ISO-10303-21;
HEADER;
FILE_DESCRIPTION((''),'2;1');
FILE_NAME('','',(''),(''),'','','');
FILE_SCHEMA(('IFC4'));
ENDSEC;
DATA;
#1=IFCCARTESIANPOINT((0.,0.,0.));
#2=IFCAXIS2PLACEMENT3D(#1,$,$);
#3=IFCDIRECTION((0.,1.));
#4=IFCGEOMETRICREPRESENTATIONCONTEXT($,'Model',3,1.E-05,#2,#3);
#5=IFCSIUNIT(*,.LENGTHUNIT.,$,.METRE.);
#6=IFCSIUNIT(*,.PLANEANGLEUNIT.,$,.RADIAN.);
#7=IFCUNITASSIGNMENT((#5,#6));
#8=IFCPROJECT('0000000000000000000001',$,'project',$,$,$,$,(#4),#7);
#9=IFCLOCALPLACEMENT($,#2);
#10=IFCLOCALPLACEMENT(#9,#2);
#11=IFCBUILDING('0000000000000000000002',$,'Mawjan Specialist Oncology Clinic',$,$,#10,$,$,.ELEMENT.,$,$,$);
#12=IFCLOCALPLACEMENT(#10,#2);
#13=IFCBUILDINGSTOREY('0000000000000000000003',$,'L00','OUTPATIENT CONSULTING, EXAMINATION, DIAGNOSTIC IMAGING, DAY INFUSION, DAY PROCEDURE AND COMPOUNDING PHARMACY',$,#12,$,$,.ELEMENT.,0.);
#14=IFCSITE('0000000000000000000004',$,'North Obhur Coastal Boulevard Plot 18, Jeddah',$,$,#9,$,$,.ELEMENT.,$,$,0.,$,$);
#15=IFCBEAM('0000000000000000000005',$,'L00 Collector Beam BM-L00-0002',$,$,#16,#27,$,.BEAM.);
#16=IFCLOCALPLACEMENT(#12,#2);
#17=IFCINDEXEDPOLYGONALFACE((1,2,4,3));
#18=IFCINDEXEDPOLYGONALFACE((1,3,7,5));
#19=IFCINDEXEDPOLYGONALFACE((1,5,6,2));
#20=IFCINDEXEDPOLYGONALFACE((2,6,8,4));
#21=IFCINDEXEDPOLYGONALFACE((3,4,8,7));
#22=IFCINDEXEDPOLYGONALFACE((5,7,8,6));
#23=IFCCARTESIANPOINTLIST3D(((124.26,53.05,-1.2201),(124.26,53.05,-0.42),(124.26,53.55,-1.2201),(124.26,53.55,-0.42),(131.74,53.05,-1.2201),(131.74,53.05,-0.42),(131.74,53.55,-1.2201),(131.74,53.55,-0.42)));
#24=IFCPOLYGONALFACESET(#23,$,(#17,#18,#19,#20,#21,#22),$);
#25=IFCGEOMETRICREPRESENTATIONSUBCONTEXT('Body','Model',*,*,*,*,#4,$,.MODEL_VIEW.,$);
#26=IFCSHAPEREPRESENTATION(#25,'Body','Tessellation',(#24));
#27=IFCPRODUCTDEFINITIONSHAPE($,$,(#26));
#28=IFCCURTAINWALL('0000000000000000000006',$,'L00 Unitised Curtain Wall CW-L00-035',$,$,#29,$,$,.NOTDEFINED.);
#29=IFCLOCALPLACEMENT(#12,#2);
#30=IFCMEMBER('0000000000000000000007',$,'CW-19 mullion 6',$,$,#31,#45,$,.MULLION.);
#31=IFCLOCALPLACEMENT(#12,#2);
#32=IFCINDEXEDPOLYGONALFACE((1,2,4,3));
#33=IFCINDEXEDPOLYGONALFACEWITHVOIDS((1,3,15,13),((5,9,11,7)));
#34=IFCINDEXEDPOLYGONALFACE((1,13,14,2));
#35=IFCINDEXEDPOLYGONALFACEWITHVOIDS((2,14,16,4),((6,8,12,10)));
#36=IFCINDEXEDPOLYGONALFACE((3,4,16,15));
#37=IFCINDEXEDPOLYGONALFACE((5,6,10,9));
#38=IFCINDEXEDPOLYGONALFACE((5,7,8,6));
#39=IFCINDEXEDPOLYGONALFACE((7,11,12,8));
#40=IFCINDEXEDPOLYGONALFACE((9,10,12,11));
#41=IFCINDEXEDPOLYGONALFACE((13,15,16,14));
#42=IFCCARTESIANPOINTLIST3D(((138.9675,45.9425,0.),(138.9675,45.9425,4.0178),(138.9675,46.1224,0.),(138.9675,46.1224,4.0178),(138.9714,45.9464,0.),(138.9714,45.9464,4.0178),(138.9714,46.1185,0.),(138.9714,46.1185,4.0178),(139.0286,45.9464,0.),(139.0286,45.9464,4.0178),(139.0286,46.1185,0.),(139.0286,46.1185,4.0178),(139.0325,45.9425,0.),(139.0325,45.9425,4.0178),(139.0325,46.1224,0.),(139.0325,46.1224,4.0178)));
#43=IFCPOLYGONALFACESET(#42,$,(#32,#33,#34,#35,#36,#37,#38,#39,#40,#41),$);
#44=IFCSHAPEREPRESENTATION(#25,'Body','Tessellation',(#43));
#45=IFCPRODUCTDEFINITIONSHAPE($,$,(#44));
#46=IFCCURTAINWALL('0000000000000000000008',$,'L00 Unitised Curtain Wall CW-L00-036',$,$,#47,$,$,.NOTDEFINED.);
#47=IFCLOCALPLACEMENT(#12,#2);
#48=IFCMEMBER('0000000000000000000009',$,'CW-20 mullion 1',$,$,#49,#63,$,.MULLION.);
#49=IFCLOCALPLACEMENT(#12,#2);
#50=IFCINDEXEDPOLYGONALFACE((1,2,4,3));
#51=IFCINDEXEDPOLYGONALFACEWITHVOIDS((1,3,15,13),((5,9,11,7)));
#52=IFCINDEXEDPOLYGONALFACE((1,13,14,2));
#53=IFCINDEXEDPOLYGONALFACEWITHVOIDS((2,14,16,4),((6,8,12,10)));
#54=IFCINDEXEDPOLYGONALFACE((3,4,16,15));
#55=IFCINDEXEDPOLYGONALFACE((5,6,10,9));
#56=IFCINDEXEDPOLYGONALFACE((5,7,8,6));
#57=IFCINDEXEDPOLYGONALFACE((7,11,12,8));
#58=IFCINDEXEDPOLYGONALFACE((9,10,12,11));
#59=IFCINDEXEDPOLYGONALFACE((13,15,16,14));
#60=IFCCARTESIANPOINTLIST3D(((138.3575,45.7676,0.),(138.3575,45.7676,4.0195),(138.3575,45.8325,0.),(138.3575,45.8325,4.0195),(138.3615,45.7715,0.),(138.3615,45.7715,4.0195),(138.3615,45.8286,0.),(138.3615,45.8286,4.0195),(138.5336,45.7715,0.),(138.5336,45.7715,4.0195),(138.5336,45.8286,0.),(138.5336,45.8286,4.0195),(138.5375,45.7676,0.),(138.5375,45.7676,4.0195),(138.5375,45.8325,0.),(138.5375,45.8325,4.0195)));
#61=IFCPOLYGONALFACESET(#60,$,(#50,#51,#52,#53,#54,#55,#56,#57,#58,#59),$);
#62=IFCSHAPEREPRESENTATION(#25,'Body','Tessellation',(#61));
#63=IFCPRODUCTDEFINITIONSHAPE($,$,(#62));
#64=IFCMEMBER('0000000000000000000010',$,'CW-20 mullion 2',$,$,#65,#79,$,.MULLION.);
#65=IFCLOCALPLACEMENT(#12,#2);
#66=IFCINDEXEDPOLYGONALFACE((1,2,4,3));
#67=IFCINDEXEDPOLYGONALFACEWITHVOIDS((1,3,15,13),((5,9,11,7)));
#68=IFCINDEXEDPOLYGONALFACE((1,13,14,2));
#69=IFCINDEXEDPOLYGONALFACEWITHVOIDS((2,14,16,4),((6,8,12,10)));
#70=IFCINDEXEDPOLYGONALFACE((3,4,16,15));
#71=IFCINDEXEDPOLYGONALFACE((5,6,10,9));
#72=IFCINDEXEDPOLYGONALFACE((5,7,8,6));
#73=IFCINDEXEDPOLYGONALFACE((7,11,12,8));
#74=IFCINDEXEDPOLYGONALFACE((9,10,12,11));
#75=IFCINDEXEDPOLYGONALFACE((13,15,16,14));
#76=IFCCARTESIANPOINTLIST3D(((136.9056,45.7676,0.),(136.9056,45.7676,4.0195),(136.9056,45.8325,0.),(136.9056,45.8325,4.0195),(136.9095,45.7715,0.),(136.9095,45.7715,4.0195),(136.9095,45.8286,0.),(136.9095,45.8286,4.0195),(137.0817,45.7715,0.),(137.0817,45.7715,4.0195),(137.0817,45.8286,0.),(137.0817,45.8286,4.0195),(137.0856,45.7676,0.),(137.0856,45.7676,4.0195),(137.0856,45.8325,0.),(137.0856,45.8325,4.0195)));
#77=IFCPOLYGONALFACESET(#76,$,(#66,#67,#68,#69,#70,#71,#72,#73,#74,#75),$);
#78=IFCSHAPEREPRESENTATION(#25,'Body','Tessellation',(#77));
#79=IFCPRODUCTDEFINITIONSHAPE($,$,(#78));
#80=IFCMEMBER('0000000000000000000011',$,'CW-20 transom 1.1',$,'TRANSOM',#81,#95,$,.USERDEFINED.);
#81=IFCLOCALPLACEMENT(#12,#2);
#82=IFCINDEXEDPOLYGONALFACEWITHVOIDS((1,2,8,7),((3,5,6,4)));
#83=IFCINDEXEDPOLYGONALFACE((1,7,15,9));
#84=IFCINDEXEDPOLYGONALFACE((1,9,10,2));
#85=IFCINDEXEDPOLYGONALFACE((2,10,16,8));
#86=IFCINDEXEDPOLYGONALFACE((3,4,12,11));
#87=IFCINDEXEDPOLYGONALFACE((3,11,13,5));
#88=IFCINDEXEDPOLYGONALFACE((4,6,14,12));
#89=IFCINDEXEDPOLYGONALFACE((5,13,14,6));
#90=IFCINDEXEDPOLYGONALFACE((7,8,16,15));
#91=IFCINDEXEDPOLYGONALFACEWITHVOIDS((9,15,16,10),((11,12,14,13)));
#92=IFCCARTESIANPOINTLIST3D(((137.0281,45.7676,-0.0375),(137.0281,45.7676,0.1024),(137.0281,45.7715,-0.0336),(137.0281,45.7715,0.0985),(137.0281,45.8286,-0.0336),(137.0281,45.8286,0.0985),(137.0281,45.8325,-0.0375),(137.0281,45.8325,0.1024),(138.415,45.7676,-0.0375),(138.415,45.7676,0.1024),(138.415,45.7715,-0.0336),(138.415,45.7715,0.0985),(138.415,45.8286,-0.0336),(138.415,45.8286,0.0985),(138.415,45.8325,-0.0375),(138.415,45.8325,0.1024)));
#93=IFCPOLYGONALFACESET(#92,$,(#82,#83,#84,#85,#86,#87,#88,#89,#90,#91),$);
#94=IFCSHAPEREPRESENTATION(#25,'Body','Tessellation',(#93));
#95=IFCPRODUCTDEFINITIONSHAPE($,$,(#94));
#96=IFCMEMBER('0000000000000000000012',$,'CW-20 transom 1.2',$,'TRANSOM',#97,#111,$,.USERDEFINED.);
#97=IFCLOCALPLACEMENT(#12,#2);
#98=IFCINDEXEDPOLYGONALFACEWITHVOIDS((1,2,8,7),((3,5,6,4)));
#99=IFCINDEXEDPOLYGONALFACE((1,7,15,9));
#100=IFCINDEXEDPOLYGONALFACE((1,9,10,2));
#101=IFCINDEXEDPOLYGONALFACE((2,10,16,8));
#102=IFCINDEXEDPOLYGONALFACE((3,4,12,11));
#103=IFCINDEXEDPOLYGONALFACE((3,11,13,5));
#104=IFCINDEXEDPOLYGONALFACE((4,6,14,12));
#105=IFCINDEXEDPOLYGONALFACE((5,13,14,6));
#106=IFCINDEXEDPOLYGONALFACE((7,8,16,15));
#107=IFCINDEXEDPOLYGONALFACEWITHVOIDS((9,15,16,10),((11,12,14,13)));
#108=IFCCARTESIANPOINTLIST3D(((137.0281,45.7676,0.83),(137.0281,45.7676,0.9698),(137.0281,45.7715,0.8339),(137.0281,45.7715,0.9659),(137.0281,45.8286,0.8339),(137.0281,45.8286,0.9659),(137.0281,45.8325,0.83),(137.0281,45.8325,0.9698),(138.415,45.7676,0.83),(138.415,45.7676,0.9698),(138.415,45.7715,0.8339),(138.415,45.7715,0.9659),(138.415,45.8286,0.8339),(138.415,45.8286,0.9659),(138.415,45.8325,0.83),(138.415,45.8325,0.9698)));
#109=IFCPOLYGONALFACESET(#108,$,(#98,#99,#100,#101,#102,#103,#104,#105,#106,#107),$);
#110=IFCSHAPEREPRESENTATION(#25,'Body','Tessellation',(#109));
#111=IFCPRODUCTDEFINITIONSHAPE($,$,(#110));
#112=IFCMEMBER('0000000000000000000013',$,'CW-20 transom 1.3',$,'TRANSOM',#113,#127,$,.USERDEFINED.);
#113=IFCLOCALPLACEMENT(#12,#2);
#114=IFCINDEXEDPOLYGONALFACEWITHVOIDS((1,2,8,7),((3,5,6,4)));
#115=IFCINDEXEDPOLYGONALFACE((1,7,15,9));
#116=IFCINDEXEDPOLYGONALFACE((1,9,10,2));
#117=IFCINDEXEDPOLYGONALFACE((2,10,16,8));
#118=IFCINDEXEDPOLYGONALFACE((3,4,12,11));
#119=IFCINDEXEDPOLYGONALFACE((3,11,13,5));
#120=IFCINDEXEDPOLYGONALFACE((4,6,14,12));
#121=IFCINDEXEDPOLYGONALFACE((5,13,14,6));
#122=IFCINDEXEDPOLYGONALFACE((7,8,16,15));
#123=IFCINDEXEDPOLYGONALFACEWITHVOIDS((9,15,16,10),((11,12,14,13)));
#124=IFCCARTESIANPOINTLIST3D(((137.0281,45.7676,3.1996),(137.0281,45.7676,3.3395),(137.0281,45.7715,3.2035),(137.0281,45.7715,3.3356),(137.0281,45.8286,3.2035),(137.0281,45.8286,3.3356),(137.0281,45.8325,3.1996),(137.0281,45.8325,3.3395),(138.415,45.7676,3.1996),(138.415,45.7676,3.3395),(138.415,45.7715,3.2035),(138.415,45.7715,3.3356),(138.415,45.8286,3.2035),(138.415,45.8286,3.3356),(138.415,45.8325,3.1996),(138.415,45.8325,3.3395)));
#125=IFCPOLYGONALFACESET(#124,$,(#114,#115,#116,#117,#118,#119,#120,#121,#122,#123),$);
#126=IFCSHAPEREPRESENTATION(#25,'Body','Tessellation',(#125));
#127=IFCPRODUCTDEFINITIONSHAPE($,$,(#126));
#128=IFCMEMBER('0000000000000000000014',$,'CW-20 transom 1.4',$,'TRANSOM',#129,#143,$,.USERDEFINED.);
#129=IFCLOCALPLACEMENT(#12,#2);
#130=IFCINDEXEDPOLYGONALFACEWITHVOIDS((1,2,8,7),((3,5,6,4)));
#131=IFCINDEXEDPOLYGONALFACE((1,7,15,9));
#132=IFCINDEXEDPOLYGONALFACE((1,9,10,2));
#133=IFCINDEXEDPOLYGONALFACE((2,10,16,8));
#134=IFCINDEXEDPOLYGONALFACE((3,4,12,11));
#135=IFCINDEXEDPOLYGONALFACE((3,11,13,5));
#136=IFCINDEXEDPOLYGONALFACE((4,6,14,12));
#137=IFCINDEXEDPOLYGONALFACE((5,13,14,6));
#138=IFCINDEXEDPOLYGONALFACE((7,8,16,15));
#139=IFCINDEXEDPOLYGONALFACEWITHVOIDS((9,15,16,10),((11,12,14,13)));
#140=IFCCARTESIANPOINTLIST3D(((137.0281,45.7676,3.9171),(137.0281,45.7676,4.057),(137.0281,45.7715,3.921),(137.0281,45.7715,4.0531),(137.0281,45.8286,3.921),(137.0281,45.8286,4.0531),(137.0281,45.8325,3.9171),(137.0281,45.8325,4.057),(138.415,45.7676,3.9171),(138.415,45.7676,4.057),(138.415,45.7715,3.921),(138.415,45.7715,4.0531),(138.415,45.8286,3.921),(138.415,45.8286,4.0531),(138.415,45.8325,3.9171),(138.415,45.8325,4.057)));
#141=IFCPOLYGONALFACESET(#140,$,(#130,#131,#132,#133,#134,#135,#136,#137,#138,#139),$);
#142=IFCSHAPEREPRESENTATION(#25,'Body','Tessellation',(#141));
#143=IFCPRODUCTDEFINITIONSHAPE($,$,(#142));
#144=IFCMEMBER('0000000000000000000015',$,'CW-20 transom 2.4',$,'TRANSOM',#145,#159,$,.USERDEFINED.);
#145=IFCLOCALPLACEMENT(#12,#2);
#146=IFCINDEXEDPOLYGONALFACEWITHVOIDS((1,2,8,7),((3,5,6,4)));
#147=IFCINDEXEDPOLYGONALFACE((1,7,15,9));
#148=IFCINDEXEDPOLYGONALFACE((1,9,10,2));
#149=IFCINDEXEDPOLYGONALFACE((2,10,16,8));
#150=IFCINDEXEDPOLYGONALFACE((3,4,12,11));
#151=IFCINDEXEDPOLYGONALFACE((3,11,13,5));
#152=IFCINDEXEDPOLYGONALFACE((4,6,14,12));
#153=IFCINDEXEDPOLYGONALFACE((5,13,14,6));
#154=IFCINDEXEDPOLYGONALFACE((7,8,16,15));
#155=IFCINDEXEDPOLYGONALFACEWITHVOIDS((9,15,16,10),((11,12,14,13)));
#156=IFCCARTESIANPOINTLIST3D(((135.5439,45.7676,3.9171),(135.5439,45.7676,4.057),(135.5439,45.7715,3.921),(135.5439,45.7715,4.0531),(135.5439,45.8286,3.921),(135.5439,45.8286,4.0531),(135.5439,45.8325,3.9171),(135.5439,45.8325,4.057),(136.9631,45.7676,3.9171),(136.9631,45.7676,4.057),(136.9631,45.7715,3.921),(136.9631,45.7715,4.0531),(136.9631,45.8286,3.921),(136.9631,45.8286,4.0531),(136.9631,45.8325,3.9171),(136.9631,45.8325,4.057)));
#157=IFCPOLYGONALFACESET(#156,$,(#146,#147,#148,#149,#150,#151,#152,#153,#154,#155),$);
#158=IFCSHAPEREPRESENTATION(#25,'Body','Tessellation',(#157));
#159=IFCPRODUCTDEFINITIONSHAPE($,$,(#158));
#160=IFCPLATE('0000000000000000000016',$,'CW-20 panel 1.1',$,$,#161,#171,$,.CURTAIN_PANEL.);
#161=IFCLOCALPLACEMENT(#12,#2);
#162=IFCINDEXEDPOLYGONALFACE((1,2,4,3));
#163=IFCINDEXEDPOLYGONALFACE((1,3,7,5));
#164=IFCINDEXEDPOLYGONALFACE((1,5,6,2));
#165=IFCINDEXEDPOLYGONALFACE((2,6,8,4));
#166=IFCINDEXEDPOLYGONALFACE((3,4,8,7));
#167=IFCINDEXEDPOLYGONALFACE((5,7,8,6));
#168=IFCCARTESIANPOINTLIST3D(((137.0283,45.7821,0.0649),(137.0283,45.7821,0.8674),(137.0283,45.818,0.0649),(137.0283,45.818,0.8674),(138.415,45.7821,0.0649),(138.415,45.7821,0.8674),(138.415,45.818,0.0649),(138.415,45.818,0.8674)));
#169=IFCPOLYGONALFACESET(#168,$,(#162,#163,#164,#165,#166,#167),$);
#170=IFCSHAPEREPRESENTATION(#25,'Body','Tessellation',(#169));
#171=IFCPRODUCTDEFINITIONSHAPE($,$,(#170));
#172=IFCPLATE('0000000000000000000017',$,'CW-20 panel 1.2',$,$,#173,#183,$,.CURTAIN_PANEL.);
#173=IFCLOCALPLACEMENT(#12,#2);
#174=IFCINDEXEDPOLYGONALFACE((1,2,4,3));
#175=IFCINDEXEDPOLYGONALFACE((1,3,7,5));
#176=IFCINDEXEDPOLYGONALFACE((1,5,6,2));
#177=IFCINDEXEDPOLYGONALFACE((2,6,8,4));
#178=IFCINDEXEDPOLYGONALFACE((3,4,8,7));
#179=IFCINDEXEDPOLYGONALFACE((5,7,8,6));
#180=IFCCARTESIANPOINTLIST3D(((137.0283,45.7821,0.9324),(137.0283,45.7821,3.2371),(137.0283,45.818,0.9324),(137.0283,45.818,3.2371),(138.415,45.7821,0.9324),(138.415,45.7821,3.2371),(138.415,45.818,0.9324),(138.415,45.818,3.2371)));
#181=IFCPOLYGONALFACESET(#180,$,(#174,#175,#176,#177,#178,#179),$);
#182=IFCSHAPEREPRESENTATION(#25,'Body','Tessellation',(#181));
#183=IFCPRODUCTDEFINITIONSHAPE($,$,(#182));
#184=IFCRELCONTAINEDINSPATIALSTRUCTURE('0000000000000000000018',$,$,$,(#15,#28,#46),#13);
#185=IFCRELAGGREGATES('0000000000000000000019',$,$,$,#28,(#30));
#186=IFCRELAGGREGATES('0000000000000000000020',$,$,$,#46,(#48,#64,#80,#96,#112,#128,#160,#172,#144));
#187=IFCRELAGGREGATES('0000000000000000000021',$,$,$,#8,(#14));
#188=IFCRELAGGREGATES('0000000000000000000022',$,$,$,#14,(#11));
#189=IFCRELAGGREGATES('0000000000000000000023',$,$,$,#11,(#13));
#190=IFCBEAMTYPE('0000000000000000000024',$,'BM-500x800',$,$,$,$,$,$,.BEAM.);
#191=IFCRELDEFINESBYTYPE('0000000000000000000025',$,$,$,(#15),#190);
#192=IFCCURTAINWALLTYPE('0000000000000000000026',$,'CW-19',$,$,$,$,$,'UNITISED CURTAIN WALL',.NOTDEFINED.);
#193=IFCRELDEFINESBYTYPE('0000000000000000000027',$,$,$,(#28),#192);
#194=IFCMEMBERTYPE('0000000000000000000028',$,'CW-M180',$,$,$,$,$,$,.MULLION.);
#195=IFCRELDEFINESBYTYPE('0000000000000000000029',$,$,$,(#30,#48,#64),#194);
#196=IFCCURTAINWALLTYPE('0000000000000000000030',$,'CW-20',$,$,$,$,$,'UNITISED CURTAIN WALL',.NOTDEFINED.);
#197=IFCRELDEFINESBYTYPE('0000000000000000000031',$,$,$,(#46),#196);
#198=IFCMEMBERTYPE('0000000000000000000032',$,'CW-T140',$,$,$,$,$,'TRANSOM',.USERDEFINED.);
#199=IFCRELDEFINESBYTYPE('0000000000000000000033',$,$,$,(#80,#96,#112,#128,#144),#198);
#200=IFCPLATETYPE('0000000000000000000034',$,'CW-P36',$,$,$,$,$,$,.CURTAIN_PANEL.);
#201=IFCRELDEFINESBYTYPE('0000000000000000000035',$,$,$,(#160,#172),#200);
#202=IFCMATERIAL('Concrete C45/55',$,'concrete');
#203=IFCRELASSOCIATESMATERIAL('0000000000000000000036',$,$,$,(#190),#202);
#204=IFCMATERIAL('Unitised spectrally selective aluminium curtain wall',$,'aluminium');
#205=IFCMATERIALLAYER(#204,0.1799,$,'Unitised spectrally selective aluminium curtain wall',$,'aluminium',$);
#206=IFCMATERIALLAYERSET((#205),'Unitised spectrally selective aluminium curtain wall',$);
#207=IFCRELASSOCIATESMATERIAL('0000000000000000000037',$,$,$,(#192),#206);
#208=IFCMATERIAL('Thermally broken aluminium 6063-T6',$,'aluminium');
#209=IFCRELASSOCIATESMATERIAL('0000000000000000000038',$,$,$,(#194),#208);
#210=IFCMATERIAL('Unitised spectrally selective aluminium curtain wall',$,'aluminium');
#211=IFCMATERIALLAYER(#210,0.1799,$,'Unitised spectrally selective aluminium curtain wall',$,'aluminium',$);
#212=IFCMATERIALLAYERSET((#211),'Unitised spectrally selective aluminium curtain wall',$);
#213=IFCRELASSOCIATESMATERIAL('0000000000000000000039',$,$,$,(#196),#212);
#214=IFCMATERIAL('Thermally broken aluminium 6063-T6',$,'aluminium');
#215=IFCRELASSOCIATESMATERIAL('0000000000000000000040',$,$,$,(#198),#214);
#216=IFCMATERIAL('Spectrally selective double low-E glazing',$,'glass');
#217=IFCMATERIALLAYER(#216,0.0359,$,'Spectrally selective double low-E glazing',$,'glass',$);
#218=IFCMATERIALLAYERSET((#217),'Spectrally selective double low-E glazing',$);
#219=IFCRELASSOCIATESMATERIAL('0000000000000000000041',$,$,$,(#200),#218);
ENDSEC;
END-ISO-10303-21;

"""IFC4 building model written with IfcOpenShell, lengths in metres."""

from ifc_helpers import new_model, si_unit, direction, frame, origin, origin_2d, place, context, subcontext, project, spatial, rectangle, hollow_rectangle, extrude, material, layer, layer_set, material_profile, profile_set, type_object, element, aggregate, save


model = new_model("IFC4")

# Units and contexts
model_context = context("Model", 3, precision=1e-05, world=origin(), true_north=direction((0.0, 1.0)))
body_context = subcontext(model_context, "Body", "Model", "MODEL_VIEW")
ifc_project = project(units=[si_unit("LENGTHUNIT", "METRE"), si_unit("PLANEANGLEUNIT", "RADIAN")], contexts=[model_context])

# Site, building, storey
site_placement = place(None, origin())
site = spatial("IfcSite", under=ifc_project, at=site_placement, Name="North Obhur Coastal Boulevard Plot 18, Jeddah", CompositionType="ELEMENT", RefElevation=0.0)
building_placement = place(site_placement, origin())
building = spatial("IfcBuilding", under=site, at=building_placement, Name="Mawjan Specialist Oncology Clinic", CompositionType="ELEMENT")
storey_placement = place(building_placement, origin())
storey = spatial("IfcBuildingStorey", under=building, at=storey_placement, Name="L00", Description="OUTPATIENT CONSULTING, EXAMINATION, DIAGNOSTIC IMAGING, DAY INFUSION, DAY PROCEDURE AND COMPOUNDING PHARMACY", CompositionType="ELEMENT", Elevation=0.0)

# Beam
ifc_material_1 = material(Name="Concrete C45/55", Category="concrete")
ifc_material_profile_1 = material_profile(ifc_material_1, rectangle(XDim=0.5, YDim=0.8, at=origin_2d()), Name="RC BM 500x800", Category="concrete")
ifc_profile_set_1 = profile_set([ifc_material_profile_1], Name="Concrete C45/55")
beam_type_1 = type_object("IfcBeamType", Name="BM-500x800", PredefinedType="BEAM", material=ifc_profile_set_1)
beam_1_placement = place(storey_placement, frame((124.26, 53.3, -0.8201), z_axis=(1.0, 0.0, 0.0), x_axis=(0.0, 1.0, 0.0)))
element("IfcBeam", 1, at=beam_1_placement, inside=storey, type_object=beam_type_1, Name="L00 Collector Beam BM-L00-0002", PredefinedType="BEAM", context=body_context, shape_type="SweptSolid", body=[
    extrude(rectangle(XDim=0.5, YDim=0.8, at=origin_2d()), origin(), (0.0, 0.0, 1.0), 7.48),
])

# Curtain wall, member
ifc_material_2 = material(Name="Unitised spectrally selective aluminium curtain wall", Category="aluminium")
ifc_layer_1 = layer(ifc_material_2, 0.1799, Name="Unitised spectrally selective aluminium curtain wall", Category="aluminium")
ifc_layer_set_1 = layer_set([ifc_layer_1], Name="Unitised spectrally selective aluminium curtain wall")
curtain_wall_type_1 = type_object("IfcCurtainWallType", Name="CW-19", ElementType="UNITISED CURTAIN WALL", PredefinedType="NOTDEFINED", material=ifc_layer_set_1)
curtain_wall_1_placement = place(storey_placement, origin())
curtain_wall_1 = element("IfcCurtainWall", 2, at=curtain_wall_1_placement, inside=storey, type_object=curtain_wall_type_1, Name="L00 Unitised Curtain Wall CW-L00-035", PredefinedType="NOTDEFINED")
ifc_material_3 = material(Name="Thermally broken aluminium 6063-T6", Category="aluminium")
ifc_material_profile_2 = material_profile(ifc_material_3, hollow_rectangle(XDim=0.0649, YDim=0.1799, WallThickness=0.0039, at=origin_2d()), Name="ALU MULLION 180x65x4", Category="aluminium")
ifc_profile_set_2 = profile_set([ifc_material_profile_2], Name="Thermally broken aluminium 6063-T6")
member_type_1 = type_object("IfcMemberType", Name="CW-M180", PredefinedType="MULLION", material=ifc_profile_set_2)
member_1_placement = place(storey_placement, frame((139.0, 46.0325, 0.0), z_axis=(0.0, 0.0, 1.0), x_axis=(1.0, 0.0, 0.0)))
member_1 = element("IfcMember", 3, at=member_1_placement, type_object=member_type_1, Name="CW-19 mullion 6", PredefinedType="MULLION", context=body_context, shape_type="SweptSolid", body=[
    extrude(hollow_rectangle(XDim=0.0649, YDim=0.1799, WallThickness=0.0039, at=origin_2d()), origin(), (0.0, 0.0, 1.0), 4.0178),
])
aggregate(curtain_wall_1, [member_1])

# Curtain wall, members, plates
ifc_material_4 = material(Name="Unitised spectrally selective aluminium curtain wall", Category="aluminium")
ifc_layer_2 = layer(ifc_material_4, 0.1799, Name="Unitised spectrally selective aluminium curtain wall", Category="aluminium")
ifc_layer_set_2 = layer_set([ifc_layer_2], Name="Unitised spectrally selective aluminium curtain wall")
curtain_wall_type_2 = type_object("IfcCurtainWallType", Name="CW-20", ElementType="UNITISED CURTAIN WALL", PredefinedType="NOTDEFINED", material=ifc_layer_set_2)
curtain_wall_2_placement = place(storey_placement, origin())
curtain_wall_2 = element("IfcCurtainWall", 4, at=curtain_wall_2_placement, inside=storey, type_object=curtain_wall_type_2, Name="L00 Unitised Curtain Wall CW-L00-036", PredefinedType="NOTDEFINED")
member_2_placement = place(storey_placement, frame((138.4475, 45.8, 0.0), z_axis=(0.0, 0.0, 1.0), x_axis=(0.0, -1.0, 0.0)))
member_2 = element("IfcMember", 5, at=member_2_placement, type_object=member_type_1, Name="CW-20 mullion 1", PredefinedType="MULLION", context=body_context, shape_type="SweptSolid", body=[
    extrude(hollow_rectangle(XDim=0.0649, YDim=0.1799, WallThickness=0.0039, at=origin_2d()), origin(), (0.0, 0.0, 1.0), 4.0195),
])
member_3_placement = place(storey_placement, frame((136.9956, 45.8, 0.0), z_axis=(0.0, 0.0, 1.0), x_axis=(0.0, -1.0, 0.0)))
member_3 = element("IfcMember", 6, at=member_3_placement, type_object=member_type_1, Name="CW-20 mullion 2", PredefinedType="MULLION", context=body_context, shape_type="SweptSolid", body=[
    extrude(hollow_rectangle(XDim=0.0649, YDim=0.1799, WallThickness=0.0039, at=origin_2d()), origin(), (0.0, 0.0, 1.0), 4.0195),
])
ifc_material_5 = material(Name="Thermally broken aluminium 6063-T6", Category="aluminium")
ifc_material_profile_3 = material_profile(ifc_material_5, hollow_rectangle(XDim=0.0649, YDim=0.1399, WallThickness=0.0039, at=origin_2d()), Name="ALU TRANSOM 140x65x4", Category="aluminium")
ifc_profile_set_3 = profile_set([ifc_material_profile_3], Name="Thermally broken aluminium 6063-T6")
member_type_2 = type_object("IfcMemberType", Name="CW-T140", ElementType="TRANSOM", PredefinedType="USERDEFINED", material=ifc_profile_set_3)
member_4_placement = place(storey_placement, frame((138.415, 45.8, 0.0325), z_axis=(-1.0, 0.0, 0.0), x_axis=(0.0, -1.0, 0.0)))
member_4 = element("IfcMember", 7, at=member_4_placement, type_object=member_type_2, Name="CW-20 transom 1.1", ObjectType="TRANSOM", PredefinedType="USERDEFINED", context=body_context, shape_type="SweptSolid", body=[
    extrude(hollow_rectangle(XDim=0.0649, YDim=0.1399, WallThickness=0.0039, at=origin_2d()), origin(), (0.0, 0.0, 1.0), 1.387),
])
member_5_placement = place(storey_placement, frame((138.415, 45.8, 0.8999), z_axis=(-1.0, 0.0, 0.0), x_axis=(0.0, -1.0, 0.0)))
member_5 = element("IfcMember", 8, at=member_5_placement, type_object=member_type_2, Name="CW-20 transom 1.2", ObjectType="TRANSOM", PredefinedType="USERDEFINED", context=body_context, shape_type="SweptSolid", body=[
    extrude(hollow_rectangle(XDim=0.0649, YDim=0.1399, WallThickness=0.0039, at=origin_2d()), origin(), (0.0, 0.0, 1.0), 1.387),
])
member_6_placement = place(storey_placement, frame((138.415, 45.8, 3.2695), z_axis=(-1.0, 0.0, 0.0), x_axis=(0.0, -1.0, 0.0)))
member_6 = element("IfcMember", 9, at=member_6_placement, type_object=member_type_2, Name="CW-20 transom 1.3", ObjectType="TRANSOM", PredefinedType="USERDEFINED", context=body_context, shape_type="SweptSolid", body=[
    extrude(hollow_rectangle(XDim=0.0649, YDim=0.1399, WallThickness=0.0039, at=origin_2d()), origin(), (0.0, 0.0, 1.0), 1.387),
])
member_7_placement = place(storey_placement, frame((138.415, 45.8, 3.9871), z_axis=(-1.0, 0.0, 0.0), x_axis=(0.0, -1.0, 0.0)))
member_7 = element("IfcMember", 10, at=member_7_placement, type_object=member_type_2, Name="CW-20 transom 1.4", ObjectType="TRANSOM", PredefinedType="USERDEFINED", context=body_context, shape_type="SweptSolid", body=[
    extrude(hollow_rectangle(XDim=0.0649, YDim=0.1399, WallThickness=0.0039, at=origin_2d()), origin(), (0.0, 0.0, 1.0), 1.387),
])
member_8_placement = place(storey_placement, frame((136.9631, 45.8, 3.9871), z_axis=(-1.0, 0.0, 0.0), x_axis=(0.0, -1.0, 0.0)))
member_8 = element("IfcMember", 11, at=member_8_placement, type_object=member_type_2, Name="CW-20 transom 2.4", ObjectType="TRANSOM", PredefinedType="USERDEFINED", context=body_context, shape_type="SweptSolid", body=[
    extrude(hollow_rectangle(XDim=0.0649, YDim=0.1399, WallThickness=0.0039, at=origin_2d()), origin(), (0.0, 0.0, 1.0), 1.4192),
])
ifc_material_6 = material(Name="Spectrally selective double low-E glazing", Category="glass")
ifc_layer_3 = layer(ifc_material_6, 0.0359, Name="Spectrally selective double low-E glazing", Category="glass")
ifc_layer_set_3 = layer_set([ifc_layer_3], Name="Spectrally selective double low-E glazing")
plate_type = type_object("IfcPlateType", Name="CW-P36", PredefinedType="CURTAIN_PANEL", material=ifc_layer_set_3)
plate_1_placement = place(storey_placement, frame((137.7217, 45.8, 0.0649), z_axis=(0.0, 0.0, 1.0), x_axis=(-1.0, 0.0, 0.0)))
plate_1 = element("IfcPlate", 12, at=plate_1_placement, type_object=plate_type, Name="CW-20 panel 1.1", PredefinedType="CURTAIN_PANEL", context=body_context, shape_type="SweptSolid", body=[
    extrude(rectangle(XDim=1.3867, YDim=0.0359, at=origin_2d()), origin(), (0.0, 0.0, 1.0), 0.8025),
])
plate_2_placement = place(storey_placement, frame((137.7217, 45.8, 0.9324), z_axis=(0.0, 0.0, 1.0), x_axis=(-1.0, 0.0, 0.0)))
plate_2 = element("IfcPlate", 13, at=plate_2_placement, type_object=plate_type, Name="CW-20 panel 1.2", PredefinedType="CURTAIN_PANEL", context=body_context, shape_type="SweptSolid", body=[
    extrude(rectangle(XDim=1.3867, YDim=0.0359, at=origin_2d()), origin(), (0.0, 0.0, 1.0), 2.3047),
])
aggregate(curtain_wall_2, [member_2, member_3, member_4, member_5, member_6, member_7, plate_1, plate_2, member_8])

save(model, "model.ifc")
